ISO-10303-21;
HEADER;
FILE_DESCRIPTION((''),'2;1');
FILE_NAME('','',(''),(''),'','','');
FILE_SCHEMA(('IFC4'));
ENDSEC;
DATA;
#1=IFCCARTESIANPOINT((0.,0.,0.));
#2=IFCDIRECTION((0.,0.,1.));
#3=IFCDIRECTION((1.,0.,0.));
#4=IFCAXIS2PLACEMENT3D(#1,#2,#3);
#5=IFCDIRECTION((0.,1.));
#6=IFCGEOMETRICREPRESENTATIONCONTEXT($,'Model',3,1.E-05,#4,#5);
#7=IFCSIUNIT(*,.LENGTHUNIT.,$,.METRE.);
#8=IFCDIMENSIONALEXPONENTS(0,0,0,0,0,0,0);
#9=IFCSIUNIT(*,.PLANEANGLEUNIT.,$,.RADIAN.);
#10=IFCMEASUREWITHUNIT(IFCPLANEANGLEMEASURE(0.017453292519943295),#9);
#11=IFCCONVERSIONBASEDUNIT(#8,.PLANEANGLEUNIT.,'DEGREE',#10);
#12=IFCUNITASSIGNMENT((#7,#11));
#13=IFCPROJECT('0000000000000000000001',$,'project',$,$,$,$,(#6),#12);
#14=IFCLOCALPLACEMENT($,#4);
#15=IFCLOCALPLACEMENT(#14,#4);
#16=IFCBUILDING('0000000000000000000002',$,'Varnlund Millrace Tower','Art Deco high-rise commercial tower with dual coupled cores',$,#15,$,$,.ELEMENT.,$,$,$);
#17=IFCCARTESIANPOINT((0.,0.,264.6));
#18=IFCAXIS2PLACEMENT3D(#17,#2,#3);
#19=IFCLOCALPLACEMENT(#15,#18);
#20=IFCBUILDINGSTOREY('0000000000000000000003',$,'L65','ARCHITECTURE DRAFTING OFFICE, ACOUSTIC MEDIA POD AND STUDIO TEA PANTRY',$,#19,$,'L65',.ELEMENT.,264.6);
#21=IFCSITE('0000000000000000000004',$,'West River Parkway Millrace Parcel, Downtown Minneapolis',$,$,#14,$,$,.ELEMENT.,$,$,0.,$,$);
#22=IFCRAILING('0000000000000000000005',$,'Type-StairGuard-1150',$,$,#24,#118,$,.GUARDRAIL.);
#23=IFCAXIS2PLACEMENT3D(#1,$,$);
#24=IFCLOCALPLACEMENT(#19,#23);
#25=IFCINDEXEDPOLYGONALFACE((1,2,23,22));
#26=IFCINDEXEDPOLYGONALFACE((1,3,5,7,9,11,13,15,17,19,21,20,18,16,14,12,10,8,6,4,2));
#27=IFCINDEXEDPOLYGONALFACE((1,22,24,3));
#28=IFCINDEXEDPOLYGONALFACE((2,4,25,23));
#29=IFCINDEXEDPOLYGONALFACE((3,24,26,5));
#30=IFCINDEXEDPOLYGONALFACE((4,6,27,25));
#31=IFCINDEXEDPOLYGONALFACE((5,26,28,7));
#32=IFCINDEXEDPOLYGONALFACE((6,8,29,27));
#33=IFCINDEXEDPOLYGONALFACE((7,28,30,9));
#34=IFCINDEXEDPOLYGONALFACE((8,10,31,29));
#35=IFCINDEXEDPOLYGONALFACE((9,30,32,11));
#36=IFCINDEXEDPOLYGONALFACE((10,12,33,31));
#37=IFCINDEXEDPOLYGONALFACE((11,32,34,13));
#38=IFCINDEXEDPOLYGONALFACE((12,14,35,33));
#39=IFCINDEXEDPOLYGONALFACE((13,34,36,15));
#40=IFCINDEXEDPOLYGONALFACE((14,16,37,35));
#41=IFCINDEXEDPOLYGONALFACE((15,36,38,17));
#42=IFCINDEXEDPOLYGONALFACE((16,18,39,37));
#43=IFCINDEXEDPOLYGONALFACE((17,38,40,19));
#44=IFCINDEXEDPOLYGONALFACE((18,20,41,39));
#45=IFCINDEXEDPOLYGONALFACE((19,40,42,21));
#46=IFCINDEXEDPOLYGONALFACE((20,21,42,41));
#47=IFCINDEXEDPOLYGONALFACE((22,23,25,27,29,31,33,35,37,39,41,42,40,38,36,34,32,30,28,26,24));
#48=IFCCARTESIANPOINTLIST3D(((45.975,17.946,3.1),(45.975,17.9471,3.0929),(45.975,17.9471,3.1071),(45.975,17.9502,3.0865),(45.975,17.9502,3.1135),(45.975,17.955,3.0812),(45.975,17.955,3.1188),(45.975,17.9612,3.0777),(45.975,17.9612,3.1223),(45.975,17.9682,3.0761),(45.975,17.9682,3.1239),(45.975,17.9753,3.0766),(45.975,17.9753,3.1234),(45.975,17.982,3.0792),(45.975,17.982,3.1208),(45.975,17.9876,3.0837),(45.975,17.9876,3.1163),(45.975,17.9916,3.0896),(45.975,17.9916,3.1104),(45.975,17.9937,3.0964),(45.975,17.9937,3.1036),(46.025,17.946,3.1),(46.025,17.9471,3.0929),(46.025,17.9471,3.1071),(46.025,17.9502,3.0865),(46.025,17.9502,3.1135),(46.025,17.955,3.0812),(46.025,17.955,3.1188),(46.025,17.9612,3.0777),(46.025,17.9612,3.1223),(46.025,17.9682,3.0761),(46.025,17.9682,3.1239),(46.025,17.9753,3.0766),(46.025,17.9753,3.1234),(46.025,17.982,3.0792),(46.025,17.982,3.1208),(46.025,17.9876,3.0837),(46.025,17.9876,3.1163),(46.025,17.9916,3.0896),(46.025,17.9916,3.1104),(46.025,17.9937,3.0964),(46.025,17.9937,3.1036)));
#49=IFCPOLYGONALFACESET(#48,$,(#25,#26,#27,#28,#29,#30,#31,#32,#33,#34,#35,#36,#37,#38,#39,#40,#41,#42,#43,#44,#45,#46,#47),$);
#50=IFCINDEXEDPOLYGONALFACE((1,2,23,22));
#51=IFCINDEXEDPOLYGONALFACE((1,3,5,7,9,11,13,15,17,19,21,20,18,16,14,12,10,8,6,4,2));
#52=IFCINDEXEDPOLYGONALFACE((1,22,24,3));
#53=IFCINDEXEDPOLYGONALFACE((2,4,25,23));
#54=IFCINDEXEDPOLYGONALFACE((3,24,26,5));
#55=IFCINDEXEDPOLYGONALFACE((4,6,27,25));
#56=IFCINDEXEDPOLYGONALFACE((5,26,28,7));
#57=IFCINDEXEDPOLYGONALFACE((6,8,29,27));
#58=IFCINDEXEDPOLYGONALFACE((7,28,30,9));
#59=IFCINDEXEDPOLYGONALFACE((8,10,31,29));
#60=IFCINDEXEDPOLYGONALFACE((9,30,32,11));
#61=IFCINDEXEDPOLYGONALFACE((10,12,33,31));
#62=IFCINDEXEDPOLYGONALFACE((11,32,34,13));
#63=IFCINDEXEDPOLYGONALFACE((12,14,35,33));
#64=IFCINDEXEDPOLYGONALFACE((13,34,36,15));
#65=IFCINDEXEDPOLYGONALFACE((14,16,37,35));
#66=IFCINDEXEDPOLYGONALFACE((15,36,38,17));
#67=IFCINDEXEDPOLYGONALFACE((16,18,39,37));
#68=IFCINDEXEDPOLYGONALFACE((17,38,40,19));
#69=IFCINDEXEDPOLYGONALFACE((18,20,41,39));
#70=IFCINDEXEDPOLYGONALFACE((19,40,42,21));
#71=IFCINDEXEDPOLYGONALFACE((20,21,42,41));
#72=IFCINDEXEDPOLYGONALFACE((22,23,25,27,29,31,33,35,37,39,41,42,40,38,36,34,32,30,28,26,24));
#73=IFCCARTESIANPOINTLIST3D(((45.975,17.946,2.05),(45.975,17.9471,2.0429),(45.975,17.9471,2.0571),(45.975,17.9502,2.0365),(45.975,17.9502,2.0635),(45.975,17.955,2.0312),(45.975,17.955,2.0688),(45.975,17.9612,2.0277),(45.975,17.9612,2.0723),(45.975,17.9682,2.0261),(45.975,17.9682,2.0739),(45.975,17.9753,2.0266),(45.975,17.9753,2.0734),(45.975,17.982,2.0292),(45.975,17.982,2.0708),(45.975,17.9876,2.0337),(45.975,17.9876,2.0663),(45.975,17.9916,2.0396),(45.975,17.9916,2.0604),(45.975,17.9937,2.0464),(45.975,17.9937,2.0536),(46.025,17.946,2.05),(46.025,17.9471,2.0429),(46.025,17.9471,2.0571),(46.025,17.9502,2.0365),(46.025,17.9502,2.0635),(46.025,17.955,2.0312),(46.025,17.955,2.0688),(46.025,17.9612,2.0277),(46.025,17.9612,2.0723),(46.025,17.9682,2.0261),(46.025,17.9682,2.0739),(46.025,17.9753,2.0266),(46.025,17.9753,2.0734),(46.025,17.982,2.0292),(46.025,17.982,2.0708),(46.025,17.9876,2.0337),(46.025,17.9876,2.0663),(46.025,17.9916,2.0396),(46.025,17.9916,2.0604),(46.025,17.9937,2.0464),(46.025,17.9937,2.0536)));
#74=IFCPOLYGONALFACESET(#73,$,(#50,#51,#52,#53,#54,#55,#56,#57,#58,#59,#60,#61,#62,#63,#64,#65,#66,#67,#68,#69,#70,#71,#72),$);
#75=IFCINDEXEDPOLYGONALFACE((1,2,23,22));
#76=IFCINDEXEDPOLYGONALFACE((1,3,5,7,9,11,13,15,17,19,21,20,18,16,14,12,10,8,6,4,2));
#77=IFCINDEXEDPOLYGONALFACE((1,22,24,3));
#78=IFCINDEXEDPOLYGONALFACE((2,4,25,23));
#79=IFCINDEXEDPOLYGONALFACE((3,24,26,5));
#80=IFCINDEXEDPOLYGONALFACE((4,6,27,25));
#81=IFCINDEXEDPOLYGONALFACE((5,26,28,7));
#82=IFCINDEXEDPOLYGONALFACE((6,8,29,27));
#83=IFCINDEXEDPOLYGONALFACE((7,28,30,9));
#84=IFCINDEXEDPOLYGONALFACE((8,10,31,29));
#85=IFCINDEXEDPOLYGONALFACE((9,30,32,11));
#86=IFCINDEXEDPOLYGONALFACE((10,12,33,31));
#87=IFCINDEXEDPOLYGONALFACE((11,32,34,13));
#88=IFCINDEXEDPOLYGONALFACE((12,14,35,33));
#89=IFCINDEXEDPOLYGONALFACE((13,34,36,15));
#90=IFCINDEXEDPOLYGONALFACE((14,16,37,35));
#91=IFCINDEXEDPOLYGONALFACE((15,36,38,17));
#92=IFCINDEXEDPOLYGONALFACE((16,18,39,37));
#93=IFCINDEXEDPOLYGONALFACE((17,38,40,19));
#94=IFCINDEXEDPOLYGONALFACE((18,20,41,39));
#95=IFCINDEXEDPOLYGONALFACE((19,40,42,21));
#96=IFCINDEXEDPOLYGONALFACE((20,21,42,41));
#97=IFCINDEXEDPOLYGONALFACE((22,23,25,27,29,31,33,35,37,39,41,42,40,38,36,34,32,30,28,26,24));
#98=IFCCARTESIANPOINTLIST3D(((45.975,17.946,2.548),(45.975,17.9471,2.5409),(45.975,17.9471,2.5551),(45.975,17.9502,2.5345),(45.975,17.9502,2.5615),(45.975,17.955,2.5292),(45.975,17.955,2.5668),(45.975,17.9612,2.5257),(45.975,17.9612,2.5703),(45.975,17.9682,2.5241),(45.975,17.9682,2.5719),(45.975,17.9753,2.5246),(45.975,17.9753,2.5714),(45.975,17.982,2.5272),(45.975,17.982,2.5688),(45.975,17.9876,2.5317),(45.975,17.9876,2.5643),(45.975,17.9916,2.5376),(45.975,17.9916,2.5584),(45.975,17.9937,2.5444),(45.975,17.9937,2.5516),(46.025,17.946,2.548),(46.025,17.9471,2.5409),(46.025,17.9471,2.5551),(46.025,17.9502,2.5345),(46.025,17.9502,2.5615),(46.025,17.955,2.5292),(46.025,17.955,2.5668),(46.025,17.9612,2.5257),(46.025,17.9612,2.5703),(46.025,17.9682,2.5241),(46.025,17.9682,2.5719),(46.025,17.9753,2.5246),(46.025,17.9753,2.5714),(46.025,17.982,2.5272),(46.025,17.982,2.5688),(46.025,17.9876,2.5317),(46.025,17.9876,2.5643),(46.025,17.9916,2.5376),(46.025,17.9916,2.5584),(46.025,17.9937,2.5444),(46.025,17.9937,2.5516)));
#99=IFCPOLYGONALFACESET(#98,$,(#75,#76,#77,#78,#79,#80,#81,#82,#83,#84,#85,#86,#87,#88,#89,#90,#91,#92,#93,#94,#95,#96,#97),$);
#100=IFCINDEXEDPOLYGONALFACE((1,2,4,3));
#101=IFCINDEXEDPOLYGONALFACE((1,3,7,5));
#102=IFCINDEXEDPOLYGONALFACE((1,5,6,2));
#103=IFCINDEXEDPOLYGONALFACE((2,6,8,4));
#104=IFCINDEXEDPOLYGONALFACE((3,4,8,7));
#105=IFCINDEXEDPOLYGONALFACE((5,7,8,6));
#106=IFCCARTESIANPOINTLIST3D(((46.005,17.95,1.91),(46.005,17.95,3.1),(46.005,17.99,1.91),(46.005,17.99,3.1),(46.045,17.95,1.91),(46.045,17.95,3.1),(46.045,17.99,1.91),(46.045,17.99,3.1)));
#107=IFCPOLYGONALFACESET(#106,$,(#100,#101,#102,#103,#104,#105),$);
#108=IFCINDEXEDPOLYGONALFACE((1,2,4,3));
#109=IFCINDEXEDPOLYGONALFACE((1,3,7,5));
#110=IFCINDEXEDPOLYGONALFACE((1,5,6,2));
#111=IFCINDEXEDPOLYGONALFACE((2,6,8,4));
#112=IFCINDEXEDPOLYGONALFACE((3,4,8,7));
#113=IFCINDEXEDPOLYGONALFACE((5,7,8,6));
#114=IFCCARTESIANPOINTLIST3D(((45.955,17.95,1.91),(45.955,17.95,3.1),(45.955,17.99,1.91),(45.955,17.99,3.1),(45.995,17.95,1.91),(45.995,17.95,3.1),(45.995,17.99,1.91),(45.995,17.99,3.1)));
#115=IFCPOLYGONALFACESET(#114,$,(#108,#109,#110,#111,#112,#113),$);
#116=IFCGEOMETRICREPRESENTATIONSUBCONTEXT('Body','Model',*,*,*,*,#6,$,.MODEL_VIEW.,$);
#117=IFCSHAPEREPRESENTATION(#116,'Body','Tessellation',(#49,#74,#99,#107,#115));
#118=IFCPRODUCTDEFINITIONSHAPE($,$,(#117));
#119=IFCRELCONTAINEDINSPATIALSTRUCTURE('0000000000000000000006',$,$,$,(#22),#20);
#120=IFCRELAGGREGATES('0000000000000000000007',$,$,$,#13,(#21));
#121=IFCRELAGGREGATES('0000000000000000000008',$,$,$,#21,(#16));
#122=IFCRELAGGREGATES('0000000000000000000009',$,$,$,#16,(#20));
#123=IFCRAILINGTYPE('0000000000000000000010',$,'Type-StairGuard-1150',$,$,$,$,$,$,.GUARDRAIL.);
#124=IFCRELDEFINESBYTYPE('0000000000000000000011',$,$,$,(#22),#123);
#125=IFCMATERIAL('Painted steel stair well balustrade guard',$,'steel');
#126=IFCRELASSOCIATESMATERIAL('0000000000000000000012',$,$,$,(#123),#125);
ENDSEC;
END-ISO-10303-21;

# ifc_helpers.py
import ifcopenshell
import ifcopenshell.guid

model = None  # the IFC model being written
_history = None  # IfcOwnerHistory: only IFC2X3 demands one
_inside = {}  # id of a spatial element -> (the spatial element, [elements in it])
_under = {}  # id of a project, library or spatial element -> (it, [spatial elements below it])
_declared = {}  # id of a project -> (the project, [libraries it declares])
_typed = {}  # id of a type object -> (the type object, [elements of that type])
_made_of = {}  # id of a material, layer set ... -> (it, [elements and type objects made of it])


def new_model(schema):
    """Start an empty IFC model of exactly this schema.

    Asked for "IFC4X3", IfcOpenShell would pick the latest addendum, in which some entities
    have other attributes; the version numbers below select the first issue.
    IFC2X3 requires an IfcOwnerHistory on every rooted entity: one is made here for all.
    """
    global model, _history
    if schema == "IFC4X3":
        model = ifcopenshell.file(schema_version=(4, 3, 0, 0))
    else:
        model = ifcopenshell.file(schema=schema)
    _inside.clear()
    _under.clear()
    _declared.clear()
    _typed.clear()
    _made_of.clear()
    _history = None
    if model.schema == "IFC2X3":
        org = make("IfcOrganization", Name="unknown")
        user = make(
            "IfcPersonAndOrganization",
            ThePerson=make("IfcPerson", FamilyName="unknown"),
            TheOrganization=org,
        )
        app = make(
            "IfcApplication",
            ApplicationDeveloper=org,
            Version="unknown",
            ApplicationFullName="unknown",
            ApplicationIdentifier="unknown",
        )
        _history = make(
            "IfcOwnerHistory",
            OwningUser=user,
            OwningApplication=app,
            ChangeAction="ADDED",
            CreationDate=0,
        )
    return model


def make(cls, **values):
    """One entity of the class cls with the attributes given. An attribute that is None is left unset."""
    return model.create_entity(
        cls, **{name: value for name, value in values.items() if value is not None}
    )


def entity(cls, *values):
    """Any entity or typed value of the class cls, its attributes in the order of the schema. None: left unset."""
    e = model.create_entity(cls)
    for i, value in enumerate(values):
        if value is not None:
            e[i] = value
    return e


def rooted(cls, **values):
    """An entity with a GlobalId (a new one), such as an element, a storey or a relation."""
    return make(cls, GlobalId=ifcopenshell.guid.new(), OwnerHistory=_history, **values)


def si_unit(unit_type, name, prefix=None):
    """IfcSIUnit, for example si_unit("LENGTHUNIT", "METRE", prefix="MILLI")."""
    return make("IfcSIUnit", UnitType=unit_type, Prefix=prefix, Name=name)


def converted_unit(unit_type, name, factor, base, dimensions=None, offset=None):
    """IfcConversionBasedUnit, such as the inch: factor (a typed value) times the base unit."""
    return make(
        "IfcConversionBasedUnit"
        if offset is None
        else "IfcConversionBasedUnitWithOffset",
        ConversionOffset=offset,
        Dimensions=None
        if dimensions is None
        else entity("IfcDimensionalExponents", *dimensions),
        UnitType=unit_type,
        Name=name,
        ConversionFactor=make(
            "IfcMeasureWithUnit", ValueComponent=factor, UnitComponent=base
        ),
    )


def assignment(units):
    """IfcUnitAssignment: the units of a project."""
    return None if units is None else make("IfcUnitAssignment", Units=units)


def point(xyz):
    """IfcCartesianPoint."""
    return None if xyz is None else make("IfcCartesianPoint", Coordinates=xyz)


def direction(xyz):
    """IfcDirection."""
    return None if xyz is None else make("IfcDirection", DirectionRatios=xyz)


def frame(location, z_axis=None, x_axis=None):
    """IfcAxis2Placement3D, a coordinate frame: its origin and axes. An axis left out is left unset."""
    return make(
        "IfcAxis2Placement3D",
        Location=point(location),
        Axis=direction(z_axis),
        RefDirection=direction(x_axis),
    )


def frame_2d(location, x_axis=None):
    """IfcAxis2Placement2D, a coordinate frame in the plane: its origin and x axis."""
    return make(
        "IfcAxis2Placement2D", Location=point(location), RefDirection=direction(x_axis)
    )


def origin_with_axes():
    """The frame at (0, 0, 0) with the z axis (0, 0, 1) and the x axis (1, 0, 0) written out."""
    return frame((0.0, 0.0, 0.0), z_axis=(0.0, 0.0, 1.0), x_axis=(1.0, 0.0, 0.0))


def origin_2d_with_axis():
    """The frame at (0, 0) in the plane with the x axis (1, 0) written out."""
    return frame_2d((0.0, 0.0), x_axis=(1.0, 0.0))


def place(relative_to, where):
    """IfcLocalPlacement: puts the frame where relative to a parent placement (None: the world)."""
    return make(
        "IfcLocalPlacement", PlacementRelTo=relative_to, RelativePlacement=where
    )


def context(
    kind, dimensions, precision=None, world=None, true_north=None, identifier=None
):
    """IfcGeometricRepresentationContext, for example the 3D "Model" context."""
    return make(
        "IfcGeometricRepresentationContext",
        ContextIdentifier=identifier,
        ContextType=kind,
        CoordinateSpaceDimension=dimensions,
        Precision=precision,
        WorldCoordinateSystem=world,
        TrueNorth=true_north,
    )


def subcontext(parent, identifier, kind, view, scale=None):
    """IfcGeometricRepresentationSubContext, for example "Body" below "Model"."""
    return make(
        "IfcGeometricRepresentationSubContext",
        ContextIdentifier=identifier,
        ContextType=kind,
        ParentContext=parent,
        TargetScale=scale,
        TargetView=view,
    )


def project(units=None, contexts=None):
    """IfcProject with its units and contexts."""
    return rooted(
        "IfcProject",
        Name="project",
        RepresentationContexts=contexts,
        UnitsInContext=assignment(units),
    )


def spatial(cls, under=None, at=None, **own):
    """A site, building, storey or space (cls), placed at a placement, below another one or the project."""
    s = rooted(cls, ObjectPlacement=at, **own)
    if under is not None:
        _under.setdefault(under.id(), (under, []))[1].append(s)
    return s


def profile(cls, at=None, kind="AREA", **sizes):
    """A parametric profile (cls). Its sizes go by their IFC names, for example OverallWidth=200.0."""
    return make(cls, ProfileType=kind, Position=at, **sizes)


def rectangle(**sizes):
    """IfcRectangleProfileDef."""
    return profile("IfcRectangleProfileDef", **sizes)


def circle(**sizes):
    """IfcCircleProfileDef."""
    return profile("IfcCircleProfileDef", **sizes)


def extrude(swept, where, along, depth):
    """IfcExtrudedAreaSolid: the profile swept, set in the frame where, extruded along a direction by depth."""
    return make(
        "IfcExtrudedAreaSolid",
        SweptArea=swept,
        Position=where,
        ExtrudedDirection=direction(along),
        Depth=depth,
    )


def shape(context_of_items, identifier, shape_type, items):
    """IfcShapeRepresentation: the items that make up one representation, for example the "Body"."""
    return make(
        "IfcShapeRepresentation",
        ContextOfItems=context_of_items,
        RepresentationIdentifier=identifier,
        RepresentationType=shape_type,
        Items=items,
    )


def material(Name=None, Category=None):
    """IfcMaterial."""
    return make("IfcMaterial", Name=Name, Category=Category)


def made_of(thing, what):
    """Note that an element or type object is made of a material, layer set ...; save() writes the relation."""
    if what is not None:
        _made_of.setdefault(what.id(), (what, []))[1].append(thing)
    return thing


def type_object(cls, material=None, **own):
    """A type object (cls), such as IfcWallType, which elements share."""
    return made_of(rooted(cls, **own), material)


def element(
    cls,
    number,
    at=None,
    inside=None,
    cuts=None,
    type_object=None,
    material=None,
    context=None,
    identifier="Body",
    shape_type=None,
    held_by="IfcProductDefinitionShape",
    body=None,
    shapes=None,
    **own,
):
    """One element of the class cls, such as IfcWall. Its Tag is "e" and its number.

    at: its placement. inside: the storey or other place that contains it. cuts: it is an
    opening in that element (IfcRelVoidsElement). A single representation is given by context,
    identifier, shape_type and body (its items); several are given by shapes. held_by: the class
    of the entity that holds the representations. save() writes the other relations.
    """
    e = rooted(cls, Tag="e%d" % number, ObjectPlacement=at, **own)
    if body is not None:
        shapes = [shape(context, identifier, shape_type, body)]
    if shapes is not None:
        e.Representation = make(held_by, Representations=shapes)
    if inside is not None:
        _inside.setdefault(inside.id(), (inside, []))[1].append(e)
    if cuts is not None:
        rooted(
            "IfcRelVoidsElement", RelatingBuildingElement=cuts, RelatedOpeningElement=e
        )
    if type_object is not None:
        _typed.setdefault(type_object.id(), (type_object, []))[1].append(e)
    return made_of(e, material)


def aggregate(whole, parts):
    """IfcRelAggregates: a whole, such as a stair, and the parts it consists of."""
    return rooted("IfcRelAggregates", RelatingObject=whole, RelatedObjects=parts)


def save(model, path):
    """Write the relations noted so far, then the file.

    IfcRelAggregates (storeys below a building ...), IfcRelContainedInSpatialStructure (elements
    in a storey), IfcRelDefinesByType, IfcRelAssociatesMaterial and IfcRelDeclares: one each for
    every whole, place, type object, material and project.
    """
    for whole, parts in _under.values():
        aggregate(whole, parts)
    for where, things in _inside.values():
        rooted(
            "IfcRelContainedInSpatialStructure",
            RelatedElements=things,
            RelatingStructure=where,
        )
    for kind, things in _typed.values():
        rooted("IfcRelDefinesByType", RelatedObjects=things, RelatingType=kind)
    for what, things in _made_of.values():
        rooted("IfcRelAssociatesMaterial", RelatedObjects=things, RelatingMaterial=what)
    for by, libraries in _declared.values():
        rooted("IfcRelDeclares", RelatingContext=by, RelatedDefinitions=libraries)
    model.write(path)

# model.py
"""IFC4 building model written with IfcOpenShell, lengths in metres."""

from ifc_helpers import new_model, entity, si_unit, converted_unit, direction, frame, origin_with_axes, origin_2d_with_axis, place, context, subcontext, project, spatial, rectangle, circle, extrude, material, type_object, element, save


model = new_model("IFC4")

# Units and contexts
model_context = context("Model", 3, precision=1e-05, world=origin_with_axes(), true_north=direction((0.0, 1.0)))
body_context = subcontext(model_context, "Body", "Model", "MODEL_VIEW")
ifc_project = project(units=[si_unit("LENGTHUNIT", "METRE"), converted_unit("PLANEANGLEUNIT", "DEGREE", entity("IfcPlaneAngleMeasure", 0.017453292519943295), si_unit("PLANEANGLEUNIT", "RADIAN"), dimensions=[0, 0, 0, 0, 0, 0, 0])], contexts=[model_context])

# Site, building, storey
site_placement = place(None, origin_with_axes())
site = spatial("IfcSite", under=ifc_project, at=site_placement, Name="West River Parkway Millrace Parcel, Downtown Minneapolis", CompositionType="ELEMENT", RefElevation=0.0)
building_placement = place(site_placement, origin_with_axes())
building = spatial("IfcBuilding", under=site, at=building_placement, Name="Varnlund Millrace Tower", Description="Art Deco high-rise commercial tower with dual coupled cores", CompositionType="ELEMENT")
storey_placement = place(building_placement, frame((0.0, 0.0, 264.6), z_axis=(0.0, 0.0, 1.0), x_axis=(1.0, 0.0, 0.0)))
storey = spatial("IfcBuildingStorey", under=building, at=storey_placement, Name="L65", Description="ARCHITECTURE DRAFTING OFFICE, ACOUSTIC MEDIA POD AND STUDIO TEA PANTRY", LongName="L65", CompositionType="ELEMENT", Elevation=264.6)

# Railing
ifc_material_1 = material(Name="Painted steel stair well balustrade guard", Category="steel")
railing_type_1 = type_object("IfcRailingType", Name="Type-StairGuard-1150", PredefinedType="GUARDRAIL", material=ifc_material_1)
railing_1_placement = place(storey_placement, frame((0.0, 0.0, -264.6), z_axis=(0.0, 0.0, 1.0), x_axis=(1.0, 0.0, 0.0)))
element("IfcRailing", 1, at=railing_1_placement, inside=storey, type_object=railing_type_1, Name="Type-StairGuard-1150", PredefinedType="GUARDRAIL", context=body_context, shape_type="SweptSolid", body=[
    extrude(circle(Radius=0.024, at=origin_2d_with_axis()), frame((46.025, 17.97, 267.7), z_axis=(-1.0, 0.0, 0.0), x_axis=(0.0, -1.0, 0.0)), (0.0, 0.0, 1.0), 0.05),
    extrude(circle(Radius=0.024, at=origin_2d_with_axis()), frame((46.025, 17.97, 266.65), z_axis=(-1.0, 0.0, 0.0), x_axis=(0.0, -1.0, 0.0)), (0.0, 0.0, 1.0), 0.05),
    extrude(circle(Radius=0.024, at=origin_2d_with_axis()), frame((46.025, 17.97, 267.148), z_axis=(-1.0, 0.0, 0.0), x_axis=(0.0, -1.0, 0.0)), (0.0, 0.0, 1.0), 0.05),
    extrude(rectangle(XDim=0.04, YDim=0.04, at=origin_2d_with_axis()), frame((46.025, 17.97, 266.51), z_axis=(0.0, 0.0, 1.0), x_axis=(1.0, 0.0, 0.0)), (0.0, 0.0, 1.0), 1.19),
    extrude(rectangle(XDim=0.04, YDim=0.04, at=origin_2d_with_axis()), frame((45.975, 17.97, 266.51), z_axis=(0.0, 0.0, 1.0), x_axis=(1.0, 0.0, 0.0)), (0.0, 0.0, 1.0), 1.19),
])

save(model, "model.ifc")
